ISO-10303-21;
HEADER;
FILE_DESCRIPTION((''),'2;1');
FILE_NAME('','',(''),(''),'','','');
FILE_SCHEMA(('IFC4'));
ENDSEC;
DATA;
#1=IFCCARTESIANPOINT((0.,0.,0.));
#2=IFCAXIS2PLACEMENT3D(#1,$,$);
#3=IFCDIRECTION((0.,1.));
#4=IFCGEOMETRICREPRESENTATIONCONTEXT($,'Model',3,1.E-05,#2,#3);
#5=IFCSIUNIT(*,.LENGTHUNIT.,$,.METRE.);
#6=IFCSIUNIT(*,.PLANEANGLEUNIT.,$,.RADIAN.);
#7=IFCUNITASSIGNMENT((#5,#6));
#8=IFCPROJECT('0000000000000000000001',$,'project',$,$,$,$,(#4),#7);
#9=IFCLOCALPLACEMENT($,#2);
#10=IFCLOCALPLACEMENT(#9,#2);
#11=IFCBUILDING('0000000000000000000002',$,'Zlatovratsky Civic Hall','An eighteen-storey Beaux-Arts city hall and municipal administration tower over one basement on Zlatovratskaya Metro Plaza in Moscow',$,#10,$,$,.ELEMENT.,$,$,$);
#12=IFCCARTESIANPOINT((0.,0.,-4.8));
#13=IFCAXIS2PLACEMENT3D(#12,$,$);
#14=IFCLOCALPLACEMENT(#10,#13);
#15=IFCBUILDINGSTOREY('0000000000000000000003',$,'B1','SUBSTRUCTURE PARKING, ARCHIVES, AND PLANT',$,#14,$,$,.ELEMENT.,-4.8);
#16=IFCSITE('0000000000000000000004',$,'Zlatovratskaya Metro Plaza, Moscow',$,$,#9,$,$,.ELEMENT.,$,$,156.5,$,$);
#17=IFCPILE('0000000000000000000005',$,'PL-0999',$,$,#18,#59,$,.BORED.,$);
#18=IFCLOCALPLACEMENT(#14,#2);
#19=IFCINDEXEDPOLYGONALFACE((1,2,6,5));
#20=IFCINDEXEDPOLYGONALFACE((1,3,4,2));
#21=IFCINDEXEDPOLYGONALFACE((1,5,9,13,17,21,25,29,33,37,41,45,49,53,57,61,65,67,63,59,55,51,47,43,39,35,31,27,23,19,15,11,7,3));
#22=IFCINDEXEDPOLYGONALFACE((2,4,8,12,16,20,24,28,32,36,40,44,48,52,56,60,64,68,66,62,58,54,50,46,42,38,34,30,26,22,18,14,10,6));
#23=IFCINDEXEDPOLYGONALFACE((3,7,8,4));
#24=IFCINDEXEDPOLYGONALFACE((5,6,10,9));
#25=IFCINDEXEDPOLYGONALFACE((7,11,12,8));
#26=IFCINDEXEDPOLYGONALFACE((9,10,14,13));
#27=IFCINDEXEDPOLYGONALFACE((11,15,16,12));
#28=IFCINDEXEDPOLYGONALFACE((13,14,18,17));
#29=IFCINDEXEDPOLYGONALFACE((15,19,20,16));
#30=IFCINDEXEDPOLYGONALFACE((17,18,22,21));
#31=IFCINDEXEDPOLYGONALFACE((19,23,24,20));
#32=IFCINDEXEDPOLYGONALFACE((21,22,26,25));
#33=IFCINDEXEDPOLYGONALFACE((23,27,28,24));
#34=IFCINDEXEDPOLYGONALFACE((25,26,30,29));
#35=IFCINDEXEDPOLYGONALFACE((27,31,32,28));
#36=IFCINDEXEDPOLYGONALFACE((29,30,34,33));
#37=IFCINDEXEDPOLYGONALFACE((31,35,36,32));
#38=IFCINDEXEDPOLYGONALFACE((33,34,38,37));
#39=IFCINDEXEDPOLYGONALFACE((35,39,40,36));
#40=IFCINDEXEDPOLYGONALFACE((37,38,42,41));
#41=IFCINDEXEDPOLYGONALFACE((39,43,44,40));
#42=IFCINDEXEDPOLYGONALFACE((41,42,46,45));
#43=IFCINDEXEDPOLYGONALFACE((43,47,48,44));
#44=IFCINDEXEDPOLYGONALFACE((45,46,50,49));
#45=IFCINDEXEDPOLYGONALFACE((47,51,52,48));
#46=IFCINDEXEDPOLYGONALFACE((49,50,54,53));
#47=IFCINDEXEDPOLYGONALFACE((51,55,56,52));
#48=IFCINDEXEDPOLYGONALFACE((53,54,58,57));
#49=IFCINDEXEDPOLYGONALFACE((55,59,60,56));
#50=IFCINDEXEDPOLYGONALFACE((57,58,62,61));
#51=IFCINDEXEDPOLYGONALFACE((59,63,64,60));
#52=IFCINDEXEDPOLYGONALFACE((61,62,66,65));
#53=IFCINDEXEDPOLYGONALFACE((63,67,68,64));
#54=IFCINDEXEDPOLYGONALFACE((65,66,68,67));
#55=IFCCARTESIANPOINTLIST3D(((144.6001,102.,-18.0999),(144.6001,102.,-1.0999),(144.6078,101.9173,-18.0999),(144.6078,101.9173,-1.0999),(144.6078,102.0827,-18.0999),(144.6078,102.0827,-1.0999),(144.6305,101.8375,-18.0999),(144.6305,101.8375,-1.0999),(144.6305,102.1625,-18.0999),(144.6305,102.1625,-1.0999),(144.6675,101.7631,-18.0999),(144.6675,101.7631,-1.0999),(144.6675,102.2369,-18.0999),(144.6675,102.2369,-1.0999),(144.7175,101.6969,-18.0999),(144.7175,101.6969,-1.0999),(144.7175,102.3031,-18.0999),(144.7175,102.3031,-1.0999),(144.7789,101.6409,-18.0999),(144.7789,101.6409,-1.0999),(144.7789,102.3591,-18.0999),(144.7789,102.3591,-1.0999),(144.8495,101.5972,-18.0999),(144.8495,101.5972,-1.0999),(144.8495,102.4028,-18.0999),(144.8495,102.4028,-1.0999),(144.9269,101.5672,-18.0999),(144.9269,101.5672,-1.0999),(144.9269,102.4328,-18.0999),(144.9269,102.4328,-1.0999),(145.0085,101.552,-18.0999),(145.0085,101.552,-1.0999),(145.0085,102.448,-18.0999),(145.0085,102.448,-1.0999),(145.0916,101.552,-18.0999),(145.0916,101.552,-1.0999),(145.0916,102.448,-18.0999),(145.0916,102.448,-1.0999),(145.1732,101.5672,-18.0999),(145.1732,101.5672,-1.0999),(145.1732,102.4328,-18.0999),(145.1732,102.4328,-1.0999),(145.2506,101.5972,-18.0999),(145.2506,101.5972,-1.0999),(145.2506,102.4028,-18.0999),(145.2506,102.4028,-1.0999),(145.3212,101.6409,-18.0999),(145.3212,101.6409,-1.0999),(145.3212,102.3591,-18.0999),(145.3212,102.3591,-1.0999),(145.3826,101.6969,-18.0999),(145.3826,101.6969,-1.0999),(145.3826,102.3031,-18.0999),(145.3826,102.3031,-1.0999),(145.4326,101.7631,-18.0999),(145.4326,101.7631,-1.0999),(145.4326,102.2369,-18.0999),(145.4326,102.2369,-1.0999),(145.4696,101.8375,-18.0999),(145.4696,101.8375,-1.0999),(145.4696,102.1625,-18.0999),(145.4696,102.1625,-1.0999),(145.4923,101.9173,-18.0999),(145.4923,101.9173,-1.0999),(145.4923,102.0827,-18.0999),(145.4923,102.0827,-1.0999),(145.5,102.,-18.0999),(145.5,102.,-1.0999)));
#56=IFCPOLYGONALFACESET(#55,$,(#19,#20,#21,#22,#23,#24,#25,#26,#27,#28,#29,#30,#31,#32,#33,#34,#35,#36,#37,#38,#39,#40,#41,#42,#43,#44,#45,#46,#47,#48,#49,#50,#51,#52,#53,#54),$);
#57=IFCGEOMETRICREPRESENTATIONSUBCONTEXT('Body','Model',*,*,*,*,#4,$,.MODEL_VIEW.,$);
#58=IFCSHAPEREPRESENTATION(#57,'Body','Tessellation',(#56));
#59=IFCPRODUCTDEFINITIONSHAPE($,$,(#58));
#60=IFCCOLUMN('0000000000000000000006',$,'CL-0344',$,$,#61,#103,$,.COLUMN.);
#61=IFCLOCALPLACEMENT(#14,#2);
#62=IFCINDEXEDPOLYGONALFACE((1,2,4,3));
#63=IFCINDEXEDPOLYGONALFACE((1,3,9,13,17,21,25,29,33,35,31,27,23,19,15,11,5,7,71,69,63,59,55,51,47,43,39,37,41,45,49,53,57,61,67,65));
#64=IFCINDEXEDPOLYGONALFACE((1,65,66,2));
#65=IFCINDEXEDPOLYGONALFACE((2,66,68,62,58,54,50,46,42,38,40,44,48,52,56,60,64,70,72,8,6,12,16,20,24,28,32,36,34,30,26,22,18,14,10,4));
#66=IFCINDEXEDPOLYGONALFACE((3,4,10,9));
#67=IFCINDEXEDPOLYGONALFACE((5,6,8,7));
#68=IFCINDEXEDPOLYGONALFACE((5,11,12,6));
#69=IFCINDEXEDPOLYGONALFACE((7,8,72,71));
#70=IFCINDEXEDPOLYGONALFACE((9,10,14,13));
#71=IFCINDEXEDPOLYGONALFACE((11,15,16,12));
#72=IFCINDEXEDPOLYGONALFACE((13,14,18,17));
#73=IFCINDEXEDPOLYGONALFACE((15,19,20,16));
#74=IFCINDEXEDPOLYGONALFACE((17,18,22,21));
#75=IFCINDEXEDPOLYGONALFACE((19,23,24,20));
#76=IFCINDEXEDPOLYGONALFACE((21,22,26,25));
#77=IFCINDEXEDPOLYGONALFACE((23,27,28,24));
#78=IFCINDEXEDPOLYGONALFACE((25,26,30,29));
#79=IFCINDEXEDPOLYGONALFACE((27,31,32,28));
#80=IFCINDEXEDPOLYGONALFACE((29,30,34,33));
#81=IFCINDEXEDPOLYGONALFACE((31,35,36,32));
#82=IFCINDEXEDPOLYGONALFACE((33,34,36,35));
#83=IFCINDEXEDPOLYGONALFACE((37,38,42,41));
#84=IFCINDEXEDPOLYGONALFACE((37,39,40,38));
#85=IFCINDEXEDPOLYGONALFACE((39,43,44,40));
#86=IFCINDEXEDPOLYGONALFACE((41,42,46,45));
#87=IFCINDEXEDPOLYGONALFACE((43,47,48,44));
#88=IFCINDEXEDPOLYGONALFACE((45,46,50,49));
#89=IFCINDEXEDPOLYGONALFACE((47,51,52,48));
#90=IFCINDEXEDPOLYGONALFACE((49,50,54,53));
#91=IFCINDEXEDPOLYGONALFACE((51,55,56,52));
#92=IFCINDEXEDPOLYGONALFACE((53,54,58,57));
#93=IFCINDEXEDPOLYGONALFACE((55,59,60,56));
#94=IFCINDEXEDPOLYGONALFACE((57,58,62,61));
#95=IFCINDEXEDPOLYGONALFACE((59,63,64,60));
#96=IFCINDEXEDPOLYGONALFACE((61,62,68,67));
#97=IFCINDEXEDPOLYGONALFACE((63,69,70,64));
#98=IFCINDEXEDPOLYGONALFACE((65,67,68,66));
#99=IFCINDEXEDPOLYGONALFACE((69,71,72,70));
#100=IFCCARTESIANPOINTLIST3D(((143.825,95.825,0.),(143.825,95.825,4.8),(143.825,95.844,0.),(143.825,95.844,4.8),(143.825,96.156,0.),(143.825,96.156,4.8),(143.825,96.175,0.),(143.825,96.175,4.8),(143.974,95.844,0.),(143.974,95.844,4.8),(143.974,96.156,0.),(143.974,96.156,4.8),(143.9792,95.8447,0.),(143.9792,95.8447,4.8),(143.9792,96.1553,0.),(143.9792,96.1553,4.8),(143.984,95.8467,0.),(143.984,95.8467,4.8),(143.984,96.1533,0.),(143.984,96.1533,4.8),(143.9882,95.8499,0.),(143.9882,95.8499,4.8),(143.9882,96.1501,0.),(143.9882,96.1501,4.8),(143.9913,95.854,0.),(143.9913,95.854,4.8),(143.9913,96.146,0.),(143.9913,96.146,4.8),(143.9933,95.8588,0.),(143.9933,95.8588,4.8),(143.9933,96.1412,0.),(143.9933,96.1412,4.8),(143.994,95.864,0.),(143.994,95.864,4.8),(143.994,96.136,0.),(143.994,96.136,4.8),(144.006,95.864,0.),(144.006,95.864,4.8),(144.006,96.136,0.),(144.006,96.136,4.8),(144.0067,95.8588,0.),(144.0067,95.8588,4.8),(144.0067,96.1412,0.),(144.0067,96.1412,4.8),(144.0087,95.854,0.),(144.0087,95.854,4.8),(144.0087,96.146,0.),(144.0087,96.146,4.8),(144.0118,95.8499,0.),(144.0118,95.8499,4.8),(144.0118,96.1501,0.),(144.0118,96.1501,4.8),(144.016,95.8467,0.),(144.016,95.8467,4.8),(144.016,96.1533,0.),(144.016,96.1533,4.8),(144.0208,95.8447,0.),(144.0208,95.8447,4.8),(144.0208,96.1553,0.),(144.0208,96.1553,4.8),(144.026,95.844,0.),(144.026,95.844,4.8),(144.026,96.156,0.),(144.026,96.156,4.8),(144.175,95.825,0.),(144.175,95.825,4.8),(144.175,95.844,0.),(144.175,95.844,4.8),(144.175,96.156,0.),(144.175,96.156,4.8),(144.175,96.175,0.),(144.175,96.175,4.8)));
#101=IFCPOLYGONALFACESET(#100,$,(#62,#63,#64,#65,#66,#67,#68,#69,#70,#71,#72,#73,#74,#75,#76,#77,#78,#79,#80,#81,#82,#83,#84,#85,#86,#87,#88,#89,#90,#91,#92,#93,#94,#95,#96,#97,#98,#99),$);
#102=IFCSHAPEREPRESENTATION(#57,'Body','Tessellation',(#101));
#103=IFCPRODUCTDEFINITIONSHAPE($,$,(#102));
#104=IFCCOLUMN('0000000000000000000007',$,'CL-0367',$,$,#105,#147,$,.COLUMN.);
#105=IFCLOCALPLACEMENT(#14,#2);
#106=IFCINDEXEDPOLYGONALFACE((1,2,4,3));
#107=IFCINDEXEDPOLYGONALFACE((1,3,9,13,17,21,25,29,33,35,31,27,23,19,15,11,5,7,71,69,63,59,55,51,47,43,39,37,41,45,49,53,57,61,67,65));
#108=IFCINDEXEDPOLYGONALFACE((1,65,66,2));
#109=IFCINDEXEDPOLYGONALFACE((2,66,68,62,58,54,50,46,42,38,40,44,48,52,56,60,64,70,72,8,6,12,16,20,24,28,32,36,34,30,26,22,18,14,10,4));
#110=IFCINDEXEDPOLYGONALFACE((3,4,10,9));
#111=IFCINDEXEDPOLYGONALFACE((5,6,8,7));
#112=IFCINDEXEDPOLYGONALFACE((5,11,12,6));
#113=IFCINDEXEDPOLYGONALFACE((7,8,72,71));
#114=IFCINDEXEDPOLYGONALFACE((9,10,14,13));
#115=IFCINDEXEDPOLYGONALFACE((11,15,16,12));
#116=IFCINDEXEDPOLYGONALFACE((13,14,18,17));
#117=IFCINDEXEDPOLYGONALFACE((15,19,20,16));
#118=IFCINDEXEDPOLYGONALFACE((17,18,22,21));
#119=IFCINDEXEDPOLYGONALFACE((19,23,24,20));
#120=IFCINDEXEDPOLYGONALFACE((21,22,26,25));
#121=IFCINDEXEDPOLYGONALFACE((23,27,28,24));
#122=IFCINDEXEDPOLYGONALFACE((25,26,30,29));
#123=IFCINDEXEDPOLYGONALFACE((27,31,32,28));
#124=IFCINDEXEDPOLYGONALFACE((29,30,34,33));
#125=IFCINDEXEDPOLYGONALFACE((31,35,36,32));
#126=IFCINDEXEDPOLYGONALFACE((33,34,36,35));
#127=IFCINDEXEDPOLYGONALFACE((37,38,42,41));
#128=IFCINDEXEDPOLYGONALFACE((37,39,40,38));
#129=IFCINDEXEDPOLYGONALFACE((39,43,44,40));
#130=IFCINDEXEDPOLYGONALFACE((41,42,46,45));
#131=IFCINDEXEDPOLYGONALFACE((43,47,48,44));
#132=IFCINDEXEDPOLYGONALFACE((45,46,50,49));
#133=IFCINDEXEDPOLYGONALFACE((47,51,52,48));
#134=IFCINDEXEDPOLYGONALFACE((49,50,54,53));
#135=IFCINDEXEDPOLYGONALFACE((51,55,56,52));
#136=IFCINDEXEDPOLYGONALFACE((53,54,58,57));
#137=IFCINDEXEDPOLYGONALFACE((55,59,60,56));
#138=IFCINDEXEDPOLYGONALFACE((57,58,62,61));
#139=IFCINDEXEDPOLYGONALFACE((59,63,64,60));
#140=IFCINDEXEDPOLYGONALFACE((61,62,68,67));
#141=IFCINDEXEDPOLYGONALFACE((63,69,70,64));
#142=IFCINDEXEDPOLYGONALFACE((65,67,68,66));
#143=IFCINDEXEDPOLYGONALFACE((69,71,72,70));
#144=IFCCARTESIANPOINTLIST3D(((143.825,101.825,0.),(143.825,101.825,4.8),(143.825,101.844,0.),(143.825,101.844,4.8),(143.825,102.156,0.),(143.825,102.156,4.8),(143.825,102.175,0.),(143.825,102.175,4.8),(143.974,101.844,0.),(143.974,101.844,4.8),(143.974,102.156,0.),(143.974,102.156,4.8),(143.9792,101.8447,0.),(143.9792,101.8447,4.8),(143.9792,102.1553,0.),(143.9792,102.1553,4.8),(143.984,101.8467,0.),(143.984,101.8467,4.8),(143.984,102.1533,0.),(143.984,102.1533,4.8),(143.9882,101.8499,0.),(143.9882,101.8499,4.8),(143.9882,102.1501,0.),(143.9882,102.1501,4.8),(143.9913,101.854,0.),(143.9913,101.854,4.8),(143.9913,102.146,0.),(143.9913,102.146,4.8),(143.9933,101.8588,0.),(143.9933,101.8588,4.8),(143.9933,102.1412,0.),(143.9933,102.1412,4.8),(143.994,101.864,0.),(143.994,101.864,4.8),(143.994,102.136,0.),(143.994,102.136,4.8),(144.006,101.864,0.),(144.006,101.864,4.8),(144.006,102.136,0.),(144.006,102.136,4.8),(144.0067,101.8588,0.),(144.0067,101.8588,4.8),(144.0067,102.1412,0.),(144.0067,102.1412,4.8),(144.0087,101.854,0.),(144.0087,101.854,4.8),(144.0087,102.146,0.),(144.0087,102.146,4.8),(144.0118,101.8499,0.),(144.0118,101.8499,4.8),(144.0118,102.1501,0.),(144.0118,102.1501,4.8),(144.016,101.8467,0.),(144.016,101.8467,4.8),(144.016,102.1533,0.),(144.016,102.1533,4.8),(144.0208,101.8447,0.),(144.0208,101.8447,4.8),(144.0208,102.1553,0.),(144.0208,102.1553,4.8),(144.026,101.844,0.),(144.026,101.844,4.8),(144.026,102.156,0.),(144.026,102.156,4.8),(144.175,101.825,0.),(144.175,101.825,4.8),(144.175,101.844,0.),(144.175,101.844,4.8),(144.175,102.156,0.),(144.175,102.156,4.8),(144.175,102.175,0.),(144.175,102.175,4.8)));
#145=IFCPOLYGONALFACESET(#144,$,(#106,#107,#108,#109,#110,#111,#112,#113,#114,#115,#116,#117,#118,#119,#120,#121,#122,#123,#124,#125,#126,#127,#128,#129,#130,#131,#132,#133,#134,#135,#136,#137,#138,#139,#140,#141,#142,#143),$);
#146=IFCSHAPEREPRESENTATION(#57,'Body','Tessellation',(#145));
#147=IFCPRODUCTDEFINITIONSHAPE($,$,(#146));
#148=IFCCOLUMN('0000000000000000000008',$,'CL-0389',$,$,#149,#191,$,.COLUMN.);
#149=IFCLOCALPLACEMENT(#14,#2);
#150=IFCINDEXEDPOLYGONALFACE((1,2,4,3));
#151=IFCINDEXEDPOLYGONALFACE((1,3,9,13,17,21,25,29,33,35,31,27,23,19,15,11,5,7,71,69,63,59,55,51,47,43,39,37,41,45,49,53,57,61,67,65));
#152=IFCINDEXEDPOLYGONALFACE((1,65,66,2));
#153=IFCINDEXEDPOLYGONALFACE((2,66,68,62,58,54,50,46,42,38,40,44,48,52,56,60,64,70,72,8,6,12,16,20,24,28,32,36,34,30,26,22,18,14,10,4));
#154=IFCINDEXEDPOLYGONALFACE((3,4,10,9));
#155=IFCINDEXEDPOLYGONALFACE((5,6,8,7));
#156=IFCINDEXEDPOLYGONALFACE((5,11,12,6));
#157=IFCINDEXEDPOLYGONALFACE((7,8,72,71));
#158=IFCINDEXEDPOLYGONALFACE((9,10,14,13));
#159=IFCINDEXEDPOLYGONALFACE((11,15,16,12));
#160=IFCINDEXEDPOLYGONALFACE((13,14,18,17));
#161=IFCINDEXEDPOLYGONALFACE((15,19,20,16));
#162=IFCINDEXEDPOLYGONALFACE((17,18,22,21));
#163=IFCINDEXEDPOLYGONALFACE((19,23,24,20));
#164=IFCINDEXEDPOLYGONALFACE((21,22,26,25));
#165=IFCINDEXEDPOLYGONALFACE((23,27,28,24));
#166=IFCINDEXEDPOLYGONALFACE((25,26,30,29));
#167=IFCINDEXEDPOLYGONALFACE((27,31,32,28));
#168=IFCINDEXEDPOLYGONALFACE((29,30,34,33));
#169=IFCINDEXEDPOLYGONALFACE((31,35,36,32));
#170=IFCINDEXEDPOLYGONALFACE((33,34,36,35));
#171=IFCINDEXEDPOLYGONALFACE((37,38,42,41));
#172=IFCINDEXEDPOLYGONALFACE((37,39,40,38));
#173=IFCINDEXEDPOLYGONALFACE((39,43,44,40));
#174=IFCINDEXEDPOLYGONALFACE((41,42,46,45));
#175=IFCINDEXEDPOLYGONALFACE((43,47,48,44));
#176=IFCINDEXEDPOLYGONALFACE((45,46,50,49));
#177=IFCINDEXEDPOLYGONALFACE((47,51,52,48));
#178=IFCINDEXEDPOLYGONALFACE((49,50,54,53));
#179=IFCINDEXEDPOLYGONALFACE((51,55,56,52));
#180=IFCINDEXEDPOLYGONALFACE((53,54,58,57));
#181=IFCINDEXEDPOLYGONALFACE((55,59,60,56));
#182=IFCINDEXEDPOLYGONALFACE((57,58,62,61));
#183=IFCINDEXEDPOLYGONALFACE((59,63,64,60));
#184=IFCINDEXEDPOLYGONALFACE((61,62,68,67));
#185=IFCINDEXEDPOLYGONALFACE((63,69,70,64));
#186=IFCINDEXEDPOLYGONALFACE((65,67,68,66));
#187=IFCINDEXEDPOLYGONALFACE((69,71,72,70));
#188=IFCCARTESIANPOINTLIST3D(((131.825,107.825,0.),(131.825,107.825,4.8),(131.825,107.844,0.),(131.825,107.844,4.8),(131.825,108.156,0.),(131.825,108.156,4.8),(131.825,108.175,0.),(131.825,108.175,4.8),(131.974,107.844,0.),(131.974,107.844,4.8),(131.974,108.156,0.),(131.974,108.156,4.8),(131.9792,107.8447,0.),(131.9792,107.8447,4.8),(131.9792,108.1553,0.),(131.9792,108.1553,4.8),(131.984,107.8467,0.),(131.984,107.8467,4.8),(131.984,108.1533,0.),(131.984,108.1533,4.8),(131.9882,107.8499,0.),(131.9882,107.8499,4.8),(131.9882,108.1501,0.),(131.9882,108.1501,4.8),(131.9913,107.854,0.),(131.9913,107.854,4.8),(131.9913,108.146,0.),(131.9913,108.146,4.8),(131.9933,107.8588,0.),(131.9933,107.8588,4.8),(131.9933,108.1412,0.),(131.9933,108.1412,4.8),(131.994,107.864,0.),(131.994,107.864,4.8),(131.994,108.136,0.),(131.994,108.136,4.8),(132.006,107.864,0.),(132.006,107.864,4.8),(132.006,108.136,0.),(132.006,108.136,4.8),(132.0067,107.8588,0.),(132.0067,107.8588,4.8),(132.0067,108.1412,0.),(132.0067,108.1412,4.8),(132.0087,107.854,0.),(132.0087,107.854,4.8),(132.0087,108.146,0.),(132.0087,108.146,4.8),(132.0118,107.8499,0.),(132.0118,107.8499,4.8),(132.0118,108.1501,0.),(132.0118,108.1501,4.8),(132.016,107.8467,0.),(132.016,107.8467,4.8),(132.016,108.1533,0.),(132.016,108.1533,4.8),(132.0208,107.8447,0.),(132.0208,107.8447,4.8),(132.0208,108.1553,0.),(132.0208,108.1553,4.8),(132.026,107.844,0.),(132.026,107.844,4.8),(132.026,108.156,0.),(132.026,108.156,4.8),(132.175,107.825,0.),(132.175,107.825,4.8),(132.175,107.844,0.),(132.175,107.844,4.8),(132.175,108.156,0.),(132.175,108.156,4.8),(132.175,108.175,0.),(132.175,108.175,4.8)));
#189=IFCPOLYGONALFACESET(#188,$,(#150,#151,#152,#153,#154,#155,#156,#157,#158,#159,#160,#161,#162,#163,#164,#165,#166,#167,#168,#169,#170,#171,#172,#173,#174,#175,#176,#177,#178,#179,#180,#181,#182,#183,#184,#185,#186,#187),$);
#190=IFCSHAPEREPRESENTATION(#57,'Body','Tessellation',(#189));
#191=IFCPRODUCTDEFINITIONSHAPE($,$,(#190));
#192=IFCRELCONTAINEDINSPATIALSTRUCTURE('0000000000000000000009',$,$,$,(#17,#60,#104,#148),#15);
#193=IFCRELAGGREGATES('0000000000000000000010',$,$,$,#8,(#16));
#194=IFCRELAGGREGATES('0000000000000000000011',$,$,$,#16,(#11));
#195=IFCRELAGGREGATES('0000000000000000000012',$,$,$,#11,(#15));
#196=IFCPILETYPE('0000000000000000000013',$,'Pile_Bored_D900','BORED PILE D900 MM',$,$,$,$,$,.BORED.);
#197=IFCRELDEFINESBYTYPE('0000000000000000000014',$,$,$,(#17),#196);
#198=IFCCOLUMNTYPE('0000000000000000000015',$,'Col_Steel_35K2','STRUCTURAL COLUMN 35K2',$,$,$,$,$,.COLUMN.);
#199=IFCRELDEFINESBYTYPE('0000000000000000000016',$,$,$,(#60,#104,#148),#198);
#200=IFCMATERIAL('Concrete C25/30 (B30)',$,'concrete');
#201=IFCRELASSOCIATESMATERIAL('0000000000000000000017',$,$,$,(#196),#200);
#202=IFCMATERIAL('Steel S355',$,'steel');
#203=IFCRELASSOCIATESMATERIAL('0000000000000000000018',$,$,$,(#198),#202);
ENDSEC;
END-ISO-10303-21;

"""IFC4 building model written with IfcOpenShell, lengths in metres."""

from ifc_helpers import new_model, si_unit, direction, frame, origin, origin_2d, place, context, subcontext, project, spatial, circle, i_section, extrude, material, material_profile, profile_set, type_object, element, save


model = new_model("IFC4")

# Units and contexts
model_context = context("Model", 3, precision=1e-05, world=origin(), true_north=direction((0.0, 1.0)))
body_context = subcontext(model_context, "Body", "Model", "MODEL_VIEW")
ifc_project = project(units=[si_unit("LENGTHUNIT", "METRE"), si_unit("PLANEANGLEUNIT", "RADIAN")], contexts=[model_context])

# Site, building, storey
site_placement = place(None, origin())
site = spatial("IfcSite", under=ifc_project, at=site_placement, Name="Zlatovratskaya Metro Plaza, Moscow", CompositionType="ELEMENT", RefElevation=156.5)
building_placement = place(site_placement, origin())
building = spatial("IfcBuilding", under=site, at=building_placement, Name="Zlatovratsky Civic Hall", Description="An eighteen-storey Beaux-Arts city hall and municipal administration tower over one basement on Zlatovratskaya Metro Plaza in Moscow", CompositionType="ELEMENT")
storey_placement = place(building_placement, frame((0.0, 0.0, -4.8)))
storey = spatial("IfcBuildingStorey", under=building, at=storey_placement, Name="B1", Description="SUBSTRUCTURE PARKING, ARCHIVES, AND PLANT", CompositionType="ELEMENT", Elevation=-4.8)

# Shared definitions
ifc_material_1 = material(Name="Concrete C25/30 (B30)", Category="concrete")

# Pile
ifc_material_profile_1 = material_profile(ifc_material_1, circle(Radius=0.45, at=origin_2d()), Name="PILE D900")
ifc_profile_set_1 = profile_set([ifc_material_profile_1], Name="Concrete C25/30 (B30)")
pile_type_1 = type_object("IfcPileType", Name="Pile_Bored_D900", Description="BORED PILE D900 MM", PredefinedType="BORED", material=ifc_profile_set_1)
for number, where, z_axis, x_axis, name in (
    (1, (145.05, 102.0, -1.0999), (0.0, 0.0, -1.0), (1.0, 0.0, 0.0), "PL-0999"),
):
    element("IfcPile", number, at=place(storey_placement, frame(where, z_axis=z_axis, x_axis=x_axis)), inside=storey, type_object=pile_type_1, Name=name, PredefinedType="BORED", context=body_context, shape_type="SweptSolid", body=[
        extrude(circle(Radius=0.45, at=origin_2d()), origin(), (0.0, 0.0, 1.0), 17.0),
    ])

# Columns
ifc_material_2 = material(Name="Steel S355", Category="steel")
ifc_material_profile_2 = material_profile(ifc_material_2, i_section(OverallWidth=0.3501, OverallDepth=0.3501, WebThickness=0.012, FlangeThickness=0.019, FilletRadius=0.02, at=origin_2d()), Name="35K2")
ifc_profile_set_2 = profile_set([ifc_material_profile_2], Name="Steel S355")
column_type = type_object("IfcColumnType", Name="Col_Steel_35K2", Description="STRUCTURAL COLUMN 35K2", PredefinedType="COLUMN", material=ifc_profile_set_2)
for number, where, z_axis, x_axis, name in (
    (2, (144.0, 96.0, 0.0), (0.0, 0.0, 1.0), (1.0, 0.0, 0.0), "CL-0344"),
    (3, (144.0, 102.0, 0.0), (0.0, 0.0, 1.0), (1.0, 0.0, 0.0), "CL-0367"),
    (4, (132.0, 108.0, 0.0), (0.0, 0.0, 1.0), (1.0, 0.0, 0.0), "CL-0389"),
):
    element("IfcColumn", number, at=place(storey_placement, frame(where, z_axis=z_axis, x_axis=x_axis)), inside=storey, type_object=column_type, Name=name, PredefinedType="COLUMN", context=body_context, shape_type="SweptSolid", body=[
        extrude(i_section(OverallWidth=0.3501, OverallDepth=0.3501, WebThickness=0.012, FlangeThickness=0.019, FilletRadius=0.02, at=origin_2d()), origin(), (0.0, 0.0, 1.0), 4.8),
    ])

save(model, "model.ifc")
